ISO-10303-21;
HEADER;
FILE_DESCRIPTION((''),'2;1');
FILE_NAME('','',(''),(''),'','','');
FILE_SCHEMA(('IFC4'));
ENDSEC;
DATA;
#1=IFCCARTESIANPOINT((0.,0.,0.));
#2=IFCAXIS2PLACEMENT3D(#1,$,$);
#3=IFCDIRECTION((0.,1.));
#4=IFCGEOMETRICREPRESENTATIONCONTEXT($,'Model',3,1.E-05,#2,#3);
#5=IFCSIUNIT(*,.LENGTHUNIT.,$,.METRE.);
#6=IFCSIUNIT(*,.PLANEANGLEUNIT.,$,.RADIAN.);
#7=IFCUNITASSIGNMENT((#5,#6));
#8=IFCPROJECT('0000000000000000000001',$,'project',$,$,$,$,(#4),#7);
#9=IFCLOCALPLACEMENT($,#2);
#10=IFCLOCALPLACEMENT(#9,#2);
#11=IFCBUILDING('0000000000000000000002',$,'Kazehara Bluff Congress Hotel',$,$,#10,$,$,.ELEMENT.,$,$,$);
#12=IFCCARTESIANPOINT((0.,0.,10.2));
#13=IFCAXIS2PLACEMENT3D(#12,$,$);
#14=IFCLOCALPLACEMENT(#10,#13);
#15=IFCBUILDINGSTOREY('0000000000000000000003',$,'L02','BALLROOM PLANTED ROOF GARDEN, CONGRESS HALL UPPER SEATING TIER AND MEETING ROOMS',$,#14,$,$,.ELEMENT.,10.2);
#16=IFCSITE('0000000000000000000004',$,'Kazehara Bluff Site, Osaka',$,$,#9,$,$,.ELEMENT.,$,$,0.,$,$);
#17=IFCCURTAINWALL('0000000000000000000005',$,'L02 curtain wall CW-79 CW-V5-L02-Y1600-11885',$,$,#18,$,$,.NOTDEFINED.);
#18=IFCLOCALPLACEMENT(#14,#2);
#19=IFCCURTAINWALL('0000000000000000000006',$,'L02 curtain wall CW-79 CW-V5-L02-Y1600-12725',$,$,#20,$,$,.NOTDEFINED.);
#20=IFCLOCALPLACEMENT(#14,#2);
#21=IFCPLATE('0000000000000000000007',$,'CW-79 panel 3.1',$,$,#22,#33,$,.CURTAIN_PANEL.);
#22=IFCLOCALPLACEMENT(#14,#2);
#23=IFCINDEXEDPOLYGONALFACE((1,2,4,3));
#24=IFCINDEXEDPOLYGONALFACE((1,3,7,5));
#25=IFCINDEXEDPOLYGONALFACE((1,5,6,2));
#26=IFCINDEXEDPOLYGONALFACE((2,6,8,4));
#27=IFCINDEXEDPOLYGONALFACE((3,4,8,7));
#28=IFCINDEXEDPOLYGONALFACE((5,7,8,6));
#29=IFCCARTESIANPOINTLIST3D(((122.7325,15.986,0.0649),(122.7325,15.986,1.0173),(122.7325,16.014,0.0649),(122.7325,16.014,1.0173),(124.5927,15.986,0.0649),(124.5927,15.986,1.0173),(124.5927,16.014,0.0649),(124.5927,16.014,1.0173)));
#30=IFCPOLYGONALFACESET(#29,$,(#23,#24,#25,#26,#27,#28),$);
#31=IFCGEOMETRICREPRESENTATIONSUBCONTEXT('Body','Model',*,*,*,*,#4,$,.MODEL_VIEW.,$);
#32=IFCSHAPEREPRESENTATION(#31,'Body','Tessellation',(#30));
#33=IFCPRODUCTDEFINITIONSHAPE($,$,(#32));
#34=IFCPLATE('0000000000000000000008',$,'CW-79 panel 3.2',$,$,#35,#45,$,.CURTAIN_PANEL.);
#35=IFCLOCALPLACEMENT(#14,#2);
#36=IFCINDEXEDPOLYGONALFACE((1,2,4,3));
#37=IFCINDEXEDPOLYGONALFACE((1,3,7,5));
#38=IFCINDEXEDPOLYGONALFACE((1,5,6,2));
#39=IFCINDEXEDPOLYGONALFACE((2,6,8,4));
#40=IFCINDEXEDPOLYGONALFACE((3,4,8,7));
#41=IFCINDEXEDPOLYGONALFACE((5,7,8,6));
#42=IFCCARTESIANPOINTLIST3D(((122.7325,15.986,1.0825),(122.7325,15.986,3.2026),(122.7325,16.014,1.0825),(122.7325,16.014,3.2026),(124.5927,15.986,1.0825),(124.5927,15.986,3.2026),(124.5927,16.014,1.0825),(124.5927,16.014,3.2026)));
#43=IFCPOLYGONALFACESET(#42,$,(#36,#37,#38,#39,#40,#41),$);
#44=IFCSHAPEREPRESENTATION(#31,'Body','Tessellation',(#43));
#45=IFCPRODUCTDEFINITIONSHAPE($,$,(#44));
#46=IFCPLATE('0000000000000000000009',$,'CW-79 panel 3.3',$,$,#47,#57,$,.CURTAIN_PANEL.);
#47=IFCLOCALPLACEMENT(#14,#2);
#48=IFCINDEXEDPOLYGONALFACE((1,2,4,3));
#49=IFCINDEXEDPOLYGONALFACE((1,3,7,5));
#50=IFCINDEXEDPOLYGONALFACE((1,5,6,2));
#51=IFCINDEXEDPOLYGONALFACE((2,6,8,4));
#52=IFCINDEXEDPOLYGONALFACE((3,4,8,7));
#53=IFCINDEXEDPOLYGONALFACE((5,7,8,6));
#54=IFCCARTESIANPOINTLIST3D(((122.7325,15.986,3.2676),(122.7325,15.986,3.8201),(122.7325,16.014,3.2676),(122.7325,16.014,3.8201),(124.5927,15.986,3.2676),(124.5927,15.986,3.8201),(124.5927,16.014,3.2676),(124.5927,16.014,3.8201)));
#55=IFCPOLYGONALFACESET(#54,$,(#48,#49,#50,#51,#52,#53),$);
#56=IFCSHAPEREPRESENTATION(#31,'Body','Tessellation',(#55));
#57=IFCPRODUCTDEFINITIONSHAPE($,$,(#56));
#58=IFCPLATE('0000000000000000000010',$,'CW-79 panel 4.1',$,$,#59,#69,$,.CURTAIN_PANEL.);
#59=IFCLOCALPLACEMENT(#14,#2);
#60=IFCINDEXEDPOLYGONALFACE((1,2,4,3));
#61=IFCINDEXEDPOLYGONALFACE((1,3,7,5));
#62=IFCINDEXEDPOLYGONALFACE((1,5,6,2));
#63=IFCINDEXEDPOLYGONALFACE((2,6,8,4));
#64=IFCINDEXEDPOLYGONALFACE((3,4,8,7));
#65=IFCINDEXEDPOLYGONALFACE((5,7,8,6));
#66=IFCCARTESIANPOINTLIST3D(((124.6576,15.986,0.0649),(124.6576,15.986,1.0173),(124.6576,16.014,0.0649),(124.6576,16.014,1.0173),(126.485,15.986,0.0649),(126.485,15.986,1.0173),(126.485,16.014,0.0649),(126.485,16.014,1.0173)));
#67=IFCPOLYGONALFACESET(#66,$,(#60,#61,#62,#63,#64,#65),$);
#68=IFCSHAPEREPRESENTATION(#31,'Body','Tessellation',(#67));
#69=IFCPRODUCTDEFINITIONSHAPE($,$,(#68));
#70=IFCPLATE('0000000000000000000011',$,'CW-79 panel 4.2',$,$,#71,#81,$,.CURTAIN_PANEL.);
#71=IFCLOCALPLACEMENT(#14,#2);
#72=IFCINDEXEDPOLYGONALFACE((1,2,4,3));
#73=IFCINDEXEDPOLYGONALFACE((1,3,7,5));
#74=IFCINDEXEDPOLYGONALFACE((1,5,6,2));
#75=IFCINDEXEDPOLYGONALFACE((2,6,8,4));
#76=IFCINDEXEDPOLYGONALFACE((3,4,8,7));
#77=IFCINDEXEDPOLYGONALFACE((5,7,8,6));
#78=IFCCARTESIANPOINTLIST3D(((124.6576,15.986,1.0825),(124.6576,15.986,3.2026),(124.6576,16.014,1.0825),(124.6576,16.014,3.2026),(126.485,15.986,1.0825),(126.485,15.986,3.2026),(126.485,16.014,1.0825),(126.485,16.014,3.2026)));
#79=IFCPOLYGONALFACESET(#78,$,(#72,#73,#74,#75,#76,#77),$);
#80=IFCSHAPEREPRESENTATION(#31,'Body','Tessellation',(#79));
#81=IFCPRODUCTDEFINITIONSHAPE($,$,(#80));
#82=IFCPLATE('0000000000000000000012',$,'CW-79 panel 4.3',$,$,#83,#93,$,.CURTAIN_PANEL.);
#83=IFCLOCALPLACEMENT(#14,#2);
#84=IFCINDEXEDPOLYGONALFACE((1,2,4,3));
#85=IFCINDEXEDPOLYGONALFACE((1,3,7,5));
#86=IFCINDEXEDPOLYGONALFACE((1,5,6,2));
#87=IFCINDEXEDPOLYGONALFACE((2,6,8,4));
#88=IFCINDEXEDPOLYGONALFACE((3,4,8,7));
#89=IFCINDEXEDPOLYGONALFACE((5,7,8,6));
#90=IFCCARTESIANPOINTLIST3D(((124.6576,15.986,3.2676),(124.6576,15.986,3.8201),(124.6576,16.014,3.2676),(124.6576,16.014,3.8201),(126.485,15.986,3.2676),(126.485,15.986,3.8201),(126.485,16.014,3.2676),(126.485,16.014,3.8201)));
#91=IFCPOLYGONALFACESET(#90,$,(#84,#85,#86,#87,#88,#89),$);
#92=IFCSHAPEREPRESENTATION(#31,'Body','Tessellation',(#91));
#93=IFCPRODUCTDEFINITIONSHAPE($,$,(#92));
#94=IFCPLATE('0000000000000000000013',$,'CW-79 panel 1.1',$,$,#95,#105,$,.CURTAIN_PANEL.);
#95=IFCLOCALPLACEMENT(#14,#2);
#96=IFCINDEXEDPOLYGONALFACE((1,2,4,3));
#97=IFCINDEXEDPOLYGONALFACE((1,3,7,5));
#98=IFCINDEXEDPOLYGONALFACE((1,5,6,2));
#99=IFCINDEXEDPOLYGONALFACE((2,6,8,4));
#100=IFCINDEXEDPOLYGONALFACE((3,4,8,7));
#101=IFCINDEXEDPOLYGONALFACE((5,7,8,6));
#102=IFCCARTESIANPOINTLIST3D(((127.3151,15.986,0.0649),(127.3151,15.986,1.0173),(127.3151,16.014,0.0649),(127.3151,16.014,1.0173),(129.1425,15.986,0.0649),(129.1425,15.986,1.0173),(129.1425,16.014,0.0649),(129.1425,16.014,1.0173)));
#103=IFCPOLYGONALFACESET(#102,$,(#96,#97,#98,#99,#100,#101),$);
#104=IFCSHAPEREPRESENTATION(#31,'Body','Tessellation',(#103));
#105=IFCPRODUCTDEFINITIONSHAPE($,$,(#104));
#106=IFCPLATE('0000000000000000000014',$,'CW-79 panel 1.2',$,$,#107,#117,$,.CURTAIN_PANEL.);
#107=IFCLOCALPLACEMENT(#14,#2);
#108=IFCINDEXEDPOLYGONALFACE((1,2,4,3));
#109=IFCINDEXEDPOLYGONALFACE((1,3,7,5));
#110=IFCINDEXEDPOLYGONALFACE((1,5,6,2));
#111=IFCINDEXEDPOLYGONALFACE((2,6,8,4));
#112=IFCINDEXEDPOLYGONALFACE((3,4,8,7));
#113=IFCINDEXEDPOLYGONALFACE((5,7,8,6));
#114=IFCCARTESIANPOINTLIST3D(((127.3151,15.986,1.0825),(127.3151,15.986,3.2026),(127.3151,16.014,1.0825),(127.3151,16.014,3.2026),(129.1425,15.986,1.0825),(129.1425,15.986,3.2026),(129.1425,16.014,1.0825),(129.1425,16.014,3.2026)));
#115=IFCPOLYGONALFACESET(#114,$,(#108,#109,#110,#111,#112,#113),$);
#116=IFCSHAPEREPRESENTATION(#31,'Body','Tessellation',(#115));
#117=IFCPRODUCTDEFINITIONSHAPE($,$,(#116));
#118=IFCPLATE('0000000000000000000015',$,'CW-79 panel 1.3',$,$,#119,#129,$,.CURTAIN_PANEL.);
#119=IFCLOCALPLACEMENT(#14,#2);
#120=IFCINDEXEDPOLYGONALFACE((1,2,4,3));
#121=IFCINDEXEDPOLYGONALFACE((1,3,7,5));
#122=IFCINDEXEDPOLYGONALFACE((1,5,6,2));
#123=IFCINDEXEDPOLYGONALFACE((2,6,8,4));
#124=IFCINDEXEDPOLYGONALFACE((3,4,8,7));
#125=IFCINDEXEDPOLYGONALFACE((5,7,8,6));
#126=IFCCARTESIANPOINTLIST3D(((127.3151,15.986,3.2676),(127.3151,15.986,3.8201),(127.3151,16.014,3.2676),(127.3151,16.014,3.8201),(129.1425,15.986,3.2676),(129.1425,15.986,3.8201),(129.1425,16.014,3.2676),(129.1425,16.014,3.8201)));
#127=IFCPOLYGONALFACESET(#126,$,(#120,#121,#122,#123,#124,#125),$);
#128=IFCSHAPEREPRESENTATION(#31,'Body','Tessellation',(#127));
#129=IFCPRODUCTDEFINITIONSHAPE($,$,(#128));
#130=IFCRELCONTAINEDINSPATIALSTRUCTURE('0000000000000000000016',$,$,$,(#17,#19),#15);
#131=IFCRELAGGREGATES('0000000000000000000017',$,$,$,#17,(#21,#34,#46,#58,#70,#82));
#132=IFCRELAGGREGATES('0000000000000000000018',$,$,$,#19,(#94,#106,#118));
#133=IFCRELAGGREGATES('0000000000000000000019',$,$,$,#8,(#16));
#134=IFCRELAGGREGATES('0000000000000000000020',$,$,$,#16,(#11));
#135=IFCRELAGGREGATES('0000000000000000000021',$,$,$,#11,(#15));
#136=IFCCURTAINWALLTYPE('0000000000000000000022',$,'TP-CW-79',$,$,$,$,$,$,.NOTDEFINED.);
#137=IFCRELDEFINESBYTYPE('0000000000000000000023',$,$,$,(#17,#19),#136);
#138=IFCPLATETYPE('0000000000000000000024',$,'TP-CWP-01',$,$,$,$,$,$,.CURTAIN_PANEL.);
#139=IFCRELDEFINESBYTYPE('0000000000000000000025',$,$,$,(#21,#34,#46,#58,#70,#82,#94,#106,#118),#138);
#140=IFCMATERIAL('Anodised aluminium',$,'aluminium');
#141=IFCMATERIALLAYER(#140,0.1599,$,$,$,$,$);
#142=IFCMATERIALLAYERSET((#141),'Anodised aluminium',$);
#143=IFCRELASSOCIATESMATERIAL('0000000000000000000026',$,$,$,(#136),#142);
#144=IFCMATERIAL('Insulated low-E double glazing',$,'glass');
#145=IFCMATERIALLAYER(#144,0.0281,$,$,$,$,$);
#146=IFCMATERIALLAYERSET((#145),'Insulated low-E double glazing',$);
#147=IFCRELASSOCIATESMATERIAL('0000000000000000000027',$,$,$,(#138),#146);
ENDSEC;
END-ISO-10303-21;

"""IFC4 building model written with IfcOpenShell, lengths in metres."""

from ifc_helpers import new_model, si_unit, direction, frame, origin, origin_2d, place, context, subcontext, project, spatial, rectangle, extrude, material, layer, layer_set, type_object, element, aggregate, save


model = new_model("IFC4")

# Units and contexts
model_context = context("Model", 3, precision=1e-05, world=origin(), true_north=direction((0.0, 1.0)))
body_context = subcontext(model_context, "Body", "Model", "MODEL_VIEW")
ifc_project = project(units=[si_unit("LENGTHUNIT", "METRE"), si_unit("PLANEANGLEUNIT", "RADIAN")], contexts=[model_context])

# Site, building, storey
site_placement = place(None, origin())
site = spatial("IfcSite", under=ifc_project, at=site_placement, Name="Kazehara Bluff Site, Osaka", CompositionType="ELEMENT", RefElevation=0.0)
building_placement = place(site_placement, origin())
building = spatial("IfcBuilding", under=site, at=building_placement, Name="Kazehara Bluff Congress Hotel", CompositionType="ELEMENT")
storey_placement = place(building_placement, frame((0.0, 0.0, 10.2)))
storey = spatial("IfcBuildingStorey", under=building, at=storey_placement, Name="L02", Description="BALLROOM PLANTED ROOF GARDEN, CONGRESS HALL UPPER SEATING TIER AND MEETING ROOMS", CompositionType="ELEMENT", Elevation=10.2)

# Curtain walls
ifc_material_1 = material(Name="Anodised aluminium", Category="aluminium")
ifc_layer_1 = layer(ifc_material_1, 0.1599)
ifc_layer_set_1 = layer_set([ifc_layer_1], Name="Anodised aluminium")
curtain_wall_type = type_object("IfcCurtainWallType", Name="TP-CW-79", PredefinedType="NOTDEFINED", material=ifc_layer_set_1)
curtain_wall_1_placement = place(storey_placement, origin())
curtain_wall_1 = element("IfcCurtainWall", 1, at=curtain_wall_1_placement, inside=storey, type_object=curtain_wall_type, Name="L02 curtain wall CW-79 CW-V5-L02-Y1600-11885", PredefinedType="NOTDEFINED")
curtain_wall_2_placement = place(storey_placement, origin())
curtain_wall_2 = element("IfcCurtainWall", 2, at=curtain_wall_2_placement, inside=storey, type_object=curtain_wall_type, Name="L02 curtain wall CW-79 CW-V5-L02-Y1600-12725", PredefinedType="NOTDEFINED")

# Plates
ifc_material_2 = material(Name="Insulated low-E double glazing", Category="glass")
ifc_layer_2 = layer(ifc_material_2, 0.0281)
ifc_layer_set_2 = layer_set([ifc_layer_2], Name="Insulated low-E double glazing")
plate_type = type_object("IfcPlateType", Name="TP-CWP-01", PredefinedType="CURTAIN_PANEL", material=ifc_layer_set_2)
plate_1_placement = place(storey_placement, frame((123.6626, 16.0, 0.0649), z_axis=(0.0, 0.0, 1.0), x_axis=(1.0, 0.0, 0.0)))
plate_1 = element("IfcPlate", 3, at=plate_1_placement, type_object=plate_type, Name="CW-79 panel 3.1", PredefinedType="CURTAIN_PANEL", context=body_context, shape_type="SweptSolid", body=[
    extrude(rectangle(XDim=1.8601, YDim=0.0281, at=origin_2d()), origin(), (0.0, 0.0, 1.0), 0.9524),
])
plate_2_placement = place(storey_placement, frame((123.6626, 16.0, 1.0825), z_axis=(0.0, 0.0, 1.0), x_axis=(1.0, 0.0, 0.0)))
plate_2 = element("IfcPlate", 4, at=plate_2_placement, type_object=plate_type, Name="CW-79 panel 3.2", PredefinedType="CURTAIN_PANEL", context=body_context, shape_type="SweptSolid", body=[
    extrude(rectangle(XDim=1.8601, YDim=0.0281, at=origin_2d()), origin(), (0.0, 0.0, 1.0), 2.1201),
])
plate_3_placement = place(storey_placement, frame((123.6626, 16.0, 3.2676), z_axis=(0.0, 0.0, 1.0), x_axis=(1.0, 0.0, 0.0)))
plate_3 = element("IfcPlate", 5, at=plate_3_placement, type_object=plate_type, Name="CW-79 panel 3.3", PredefinedType="CURTAIN_PANEL", context=body_context, shape_type="SweptSolid", body=[
    extrude(rectangle(XDim=1.8601, YDim=0.0281, at=origin_2d()), origin(), (0.0, 0.0, 1.0), 0.5525),
])
plate_4_placement = place(storey_placement, frame((125.5713, 16.0, 0.0649), z_axis=(0.0, 0.0, 1.0), x_axis=(1.0, 0.0, 0.0)))
plate_4 = element("IfcPlate", 6, at=plate_4_placement, type_object=plate_type, Name="CW-79 panel 4.1", PredefinedType="CURTAIN_PANEL", context=body_context, shape_type="SweptSolid", body=[
    extrude(rectangle(XDim=1.8274, YDim=0.0281, at=origin_2d()), origin(), (0.0, 0.0, 1.0), 0.9524),
])
plate_5_placement = place(storey_placement, frame((125.5713, 16.0, 1.0825), z_axis=(0.0, 0.0, 1.0), x_axis=(1.0, 0.0, 0.0)))
plate_5 = element("IfcPlate", 7, at=plate_5_placement, type_object=plate_type, Name="CW-79 panel 4.2", PredefinedType="CURTAIN_PANEL", context=body_context, shape_type="SweptSolid", body=[
    extrude(rectangle(XDim=1.8274, YDim=0.0281, at=origin_2d()), origin(), (0.0, 0.0, 1.0), 2.1201),
])
plate_6_placement = place(storey_placement, frame((125.5713, 16.0, 3.2676), z_axis=(0.0, 0.0, 1.0), x_axis=(1.0, 0.0, 0.0)))
plate_6 = element("IfcPlate", 8, at=plate_6_placement, type_object=plate_type, Name="CW-79 panel 4.3", PredefinedType="CURTAIN_PANEL", context=body_context, shape_type="SweptSolid", body=[
    extrude(rectangle(XDim=1.8274, YDim=0.0281, at=origin_2d()), origin(), (0.0, 0.0, 1.0), 0.5525),
])
aggregate(curtain_wall_1, [plate_1, plate_2, plate_3, plate_4, plate_5, plate_6])
plate_7_placement = place(storey_placement, frame((128.2288, 16.0, 0.0649), z_axis=(0.0, 0.0, 1.0), x_axis=(1.0, 0.0, 0.0)))
plate_7 = element("IfcPlate", 9, at=plate_7_placement, type_object=plate_type, Name="CW-79 panel 1.1", PredefinedType="CURTAIN_PANEL", context=body_context, shape_type="SweptSolid", body=[
    extrude(rectangle(XDim=1.8274, YDim=0.0281, at=origin_2d()), origin(), (0.0, 0.0, 1.0), 0.9524),
])
plate_8_placement = place(storey_placement, frame((128.2288, 16.0, 1.0825), z_axis=(0.0, 0.0, 1.0), x_axis=(1.0, 0.0, 0.0)))
plate_8 = element("IfcPlate", 10, at=plate_8_placement, type_object=plate_type, Name="CW-79 panel 1.2", PredefinedType="CURTAIN_PANEL", context=body_context, shape_type="SweptSolid", body=[
    extrude(rectangle(XDim=1.8274, YDim=0.0281, at=origin_2d()), origin(), (0.0, 0.0, 1.0), 2.1201),
])
plate_9_placement = place(storey_placement, frame((128.2288, 16.0, 3.2676), z_axis=(0.0, 0.0, 1.0), x_axis=(1.0, 0.0, 0.0)))
plate_9 = element("IfcPlate", 11, at=plate_9_placement, type_object=plate_type, Name="CW-79 panel 1.3", PredefinedType="CURTAIN_PANEL", context=body_context, shape_type="SweptSolid", body=[
    extrude(rectangle(XDim=1.8274, YDim=0.0281, at=origin_2d()), origin(), (0.0, 0.0, 1.0), 0.5525),
])
aggregate(curtain_wall_2, [plate_7, plate_8, plate_9])

save(model, "model.ifc")
